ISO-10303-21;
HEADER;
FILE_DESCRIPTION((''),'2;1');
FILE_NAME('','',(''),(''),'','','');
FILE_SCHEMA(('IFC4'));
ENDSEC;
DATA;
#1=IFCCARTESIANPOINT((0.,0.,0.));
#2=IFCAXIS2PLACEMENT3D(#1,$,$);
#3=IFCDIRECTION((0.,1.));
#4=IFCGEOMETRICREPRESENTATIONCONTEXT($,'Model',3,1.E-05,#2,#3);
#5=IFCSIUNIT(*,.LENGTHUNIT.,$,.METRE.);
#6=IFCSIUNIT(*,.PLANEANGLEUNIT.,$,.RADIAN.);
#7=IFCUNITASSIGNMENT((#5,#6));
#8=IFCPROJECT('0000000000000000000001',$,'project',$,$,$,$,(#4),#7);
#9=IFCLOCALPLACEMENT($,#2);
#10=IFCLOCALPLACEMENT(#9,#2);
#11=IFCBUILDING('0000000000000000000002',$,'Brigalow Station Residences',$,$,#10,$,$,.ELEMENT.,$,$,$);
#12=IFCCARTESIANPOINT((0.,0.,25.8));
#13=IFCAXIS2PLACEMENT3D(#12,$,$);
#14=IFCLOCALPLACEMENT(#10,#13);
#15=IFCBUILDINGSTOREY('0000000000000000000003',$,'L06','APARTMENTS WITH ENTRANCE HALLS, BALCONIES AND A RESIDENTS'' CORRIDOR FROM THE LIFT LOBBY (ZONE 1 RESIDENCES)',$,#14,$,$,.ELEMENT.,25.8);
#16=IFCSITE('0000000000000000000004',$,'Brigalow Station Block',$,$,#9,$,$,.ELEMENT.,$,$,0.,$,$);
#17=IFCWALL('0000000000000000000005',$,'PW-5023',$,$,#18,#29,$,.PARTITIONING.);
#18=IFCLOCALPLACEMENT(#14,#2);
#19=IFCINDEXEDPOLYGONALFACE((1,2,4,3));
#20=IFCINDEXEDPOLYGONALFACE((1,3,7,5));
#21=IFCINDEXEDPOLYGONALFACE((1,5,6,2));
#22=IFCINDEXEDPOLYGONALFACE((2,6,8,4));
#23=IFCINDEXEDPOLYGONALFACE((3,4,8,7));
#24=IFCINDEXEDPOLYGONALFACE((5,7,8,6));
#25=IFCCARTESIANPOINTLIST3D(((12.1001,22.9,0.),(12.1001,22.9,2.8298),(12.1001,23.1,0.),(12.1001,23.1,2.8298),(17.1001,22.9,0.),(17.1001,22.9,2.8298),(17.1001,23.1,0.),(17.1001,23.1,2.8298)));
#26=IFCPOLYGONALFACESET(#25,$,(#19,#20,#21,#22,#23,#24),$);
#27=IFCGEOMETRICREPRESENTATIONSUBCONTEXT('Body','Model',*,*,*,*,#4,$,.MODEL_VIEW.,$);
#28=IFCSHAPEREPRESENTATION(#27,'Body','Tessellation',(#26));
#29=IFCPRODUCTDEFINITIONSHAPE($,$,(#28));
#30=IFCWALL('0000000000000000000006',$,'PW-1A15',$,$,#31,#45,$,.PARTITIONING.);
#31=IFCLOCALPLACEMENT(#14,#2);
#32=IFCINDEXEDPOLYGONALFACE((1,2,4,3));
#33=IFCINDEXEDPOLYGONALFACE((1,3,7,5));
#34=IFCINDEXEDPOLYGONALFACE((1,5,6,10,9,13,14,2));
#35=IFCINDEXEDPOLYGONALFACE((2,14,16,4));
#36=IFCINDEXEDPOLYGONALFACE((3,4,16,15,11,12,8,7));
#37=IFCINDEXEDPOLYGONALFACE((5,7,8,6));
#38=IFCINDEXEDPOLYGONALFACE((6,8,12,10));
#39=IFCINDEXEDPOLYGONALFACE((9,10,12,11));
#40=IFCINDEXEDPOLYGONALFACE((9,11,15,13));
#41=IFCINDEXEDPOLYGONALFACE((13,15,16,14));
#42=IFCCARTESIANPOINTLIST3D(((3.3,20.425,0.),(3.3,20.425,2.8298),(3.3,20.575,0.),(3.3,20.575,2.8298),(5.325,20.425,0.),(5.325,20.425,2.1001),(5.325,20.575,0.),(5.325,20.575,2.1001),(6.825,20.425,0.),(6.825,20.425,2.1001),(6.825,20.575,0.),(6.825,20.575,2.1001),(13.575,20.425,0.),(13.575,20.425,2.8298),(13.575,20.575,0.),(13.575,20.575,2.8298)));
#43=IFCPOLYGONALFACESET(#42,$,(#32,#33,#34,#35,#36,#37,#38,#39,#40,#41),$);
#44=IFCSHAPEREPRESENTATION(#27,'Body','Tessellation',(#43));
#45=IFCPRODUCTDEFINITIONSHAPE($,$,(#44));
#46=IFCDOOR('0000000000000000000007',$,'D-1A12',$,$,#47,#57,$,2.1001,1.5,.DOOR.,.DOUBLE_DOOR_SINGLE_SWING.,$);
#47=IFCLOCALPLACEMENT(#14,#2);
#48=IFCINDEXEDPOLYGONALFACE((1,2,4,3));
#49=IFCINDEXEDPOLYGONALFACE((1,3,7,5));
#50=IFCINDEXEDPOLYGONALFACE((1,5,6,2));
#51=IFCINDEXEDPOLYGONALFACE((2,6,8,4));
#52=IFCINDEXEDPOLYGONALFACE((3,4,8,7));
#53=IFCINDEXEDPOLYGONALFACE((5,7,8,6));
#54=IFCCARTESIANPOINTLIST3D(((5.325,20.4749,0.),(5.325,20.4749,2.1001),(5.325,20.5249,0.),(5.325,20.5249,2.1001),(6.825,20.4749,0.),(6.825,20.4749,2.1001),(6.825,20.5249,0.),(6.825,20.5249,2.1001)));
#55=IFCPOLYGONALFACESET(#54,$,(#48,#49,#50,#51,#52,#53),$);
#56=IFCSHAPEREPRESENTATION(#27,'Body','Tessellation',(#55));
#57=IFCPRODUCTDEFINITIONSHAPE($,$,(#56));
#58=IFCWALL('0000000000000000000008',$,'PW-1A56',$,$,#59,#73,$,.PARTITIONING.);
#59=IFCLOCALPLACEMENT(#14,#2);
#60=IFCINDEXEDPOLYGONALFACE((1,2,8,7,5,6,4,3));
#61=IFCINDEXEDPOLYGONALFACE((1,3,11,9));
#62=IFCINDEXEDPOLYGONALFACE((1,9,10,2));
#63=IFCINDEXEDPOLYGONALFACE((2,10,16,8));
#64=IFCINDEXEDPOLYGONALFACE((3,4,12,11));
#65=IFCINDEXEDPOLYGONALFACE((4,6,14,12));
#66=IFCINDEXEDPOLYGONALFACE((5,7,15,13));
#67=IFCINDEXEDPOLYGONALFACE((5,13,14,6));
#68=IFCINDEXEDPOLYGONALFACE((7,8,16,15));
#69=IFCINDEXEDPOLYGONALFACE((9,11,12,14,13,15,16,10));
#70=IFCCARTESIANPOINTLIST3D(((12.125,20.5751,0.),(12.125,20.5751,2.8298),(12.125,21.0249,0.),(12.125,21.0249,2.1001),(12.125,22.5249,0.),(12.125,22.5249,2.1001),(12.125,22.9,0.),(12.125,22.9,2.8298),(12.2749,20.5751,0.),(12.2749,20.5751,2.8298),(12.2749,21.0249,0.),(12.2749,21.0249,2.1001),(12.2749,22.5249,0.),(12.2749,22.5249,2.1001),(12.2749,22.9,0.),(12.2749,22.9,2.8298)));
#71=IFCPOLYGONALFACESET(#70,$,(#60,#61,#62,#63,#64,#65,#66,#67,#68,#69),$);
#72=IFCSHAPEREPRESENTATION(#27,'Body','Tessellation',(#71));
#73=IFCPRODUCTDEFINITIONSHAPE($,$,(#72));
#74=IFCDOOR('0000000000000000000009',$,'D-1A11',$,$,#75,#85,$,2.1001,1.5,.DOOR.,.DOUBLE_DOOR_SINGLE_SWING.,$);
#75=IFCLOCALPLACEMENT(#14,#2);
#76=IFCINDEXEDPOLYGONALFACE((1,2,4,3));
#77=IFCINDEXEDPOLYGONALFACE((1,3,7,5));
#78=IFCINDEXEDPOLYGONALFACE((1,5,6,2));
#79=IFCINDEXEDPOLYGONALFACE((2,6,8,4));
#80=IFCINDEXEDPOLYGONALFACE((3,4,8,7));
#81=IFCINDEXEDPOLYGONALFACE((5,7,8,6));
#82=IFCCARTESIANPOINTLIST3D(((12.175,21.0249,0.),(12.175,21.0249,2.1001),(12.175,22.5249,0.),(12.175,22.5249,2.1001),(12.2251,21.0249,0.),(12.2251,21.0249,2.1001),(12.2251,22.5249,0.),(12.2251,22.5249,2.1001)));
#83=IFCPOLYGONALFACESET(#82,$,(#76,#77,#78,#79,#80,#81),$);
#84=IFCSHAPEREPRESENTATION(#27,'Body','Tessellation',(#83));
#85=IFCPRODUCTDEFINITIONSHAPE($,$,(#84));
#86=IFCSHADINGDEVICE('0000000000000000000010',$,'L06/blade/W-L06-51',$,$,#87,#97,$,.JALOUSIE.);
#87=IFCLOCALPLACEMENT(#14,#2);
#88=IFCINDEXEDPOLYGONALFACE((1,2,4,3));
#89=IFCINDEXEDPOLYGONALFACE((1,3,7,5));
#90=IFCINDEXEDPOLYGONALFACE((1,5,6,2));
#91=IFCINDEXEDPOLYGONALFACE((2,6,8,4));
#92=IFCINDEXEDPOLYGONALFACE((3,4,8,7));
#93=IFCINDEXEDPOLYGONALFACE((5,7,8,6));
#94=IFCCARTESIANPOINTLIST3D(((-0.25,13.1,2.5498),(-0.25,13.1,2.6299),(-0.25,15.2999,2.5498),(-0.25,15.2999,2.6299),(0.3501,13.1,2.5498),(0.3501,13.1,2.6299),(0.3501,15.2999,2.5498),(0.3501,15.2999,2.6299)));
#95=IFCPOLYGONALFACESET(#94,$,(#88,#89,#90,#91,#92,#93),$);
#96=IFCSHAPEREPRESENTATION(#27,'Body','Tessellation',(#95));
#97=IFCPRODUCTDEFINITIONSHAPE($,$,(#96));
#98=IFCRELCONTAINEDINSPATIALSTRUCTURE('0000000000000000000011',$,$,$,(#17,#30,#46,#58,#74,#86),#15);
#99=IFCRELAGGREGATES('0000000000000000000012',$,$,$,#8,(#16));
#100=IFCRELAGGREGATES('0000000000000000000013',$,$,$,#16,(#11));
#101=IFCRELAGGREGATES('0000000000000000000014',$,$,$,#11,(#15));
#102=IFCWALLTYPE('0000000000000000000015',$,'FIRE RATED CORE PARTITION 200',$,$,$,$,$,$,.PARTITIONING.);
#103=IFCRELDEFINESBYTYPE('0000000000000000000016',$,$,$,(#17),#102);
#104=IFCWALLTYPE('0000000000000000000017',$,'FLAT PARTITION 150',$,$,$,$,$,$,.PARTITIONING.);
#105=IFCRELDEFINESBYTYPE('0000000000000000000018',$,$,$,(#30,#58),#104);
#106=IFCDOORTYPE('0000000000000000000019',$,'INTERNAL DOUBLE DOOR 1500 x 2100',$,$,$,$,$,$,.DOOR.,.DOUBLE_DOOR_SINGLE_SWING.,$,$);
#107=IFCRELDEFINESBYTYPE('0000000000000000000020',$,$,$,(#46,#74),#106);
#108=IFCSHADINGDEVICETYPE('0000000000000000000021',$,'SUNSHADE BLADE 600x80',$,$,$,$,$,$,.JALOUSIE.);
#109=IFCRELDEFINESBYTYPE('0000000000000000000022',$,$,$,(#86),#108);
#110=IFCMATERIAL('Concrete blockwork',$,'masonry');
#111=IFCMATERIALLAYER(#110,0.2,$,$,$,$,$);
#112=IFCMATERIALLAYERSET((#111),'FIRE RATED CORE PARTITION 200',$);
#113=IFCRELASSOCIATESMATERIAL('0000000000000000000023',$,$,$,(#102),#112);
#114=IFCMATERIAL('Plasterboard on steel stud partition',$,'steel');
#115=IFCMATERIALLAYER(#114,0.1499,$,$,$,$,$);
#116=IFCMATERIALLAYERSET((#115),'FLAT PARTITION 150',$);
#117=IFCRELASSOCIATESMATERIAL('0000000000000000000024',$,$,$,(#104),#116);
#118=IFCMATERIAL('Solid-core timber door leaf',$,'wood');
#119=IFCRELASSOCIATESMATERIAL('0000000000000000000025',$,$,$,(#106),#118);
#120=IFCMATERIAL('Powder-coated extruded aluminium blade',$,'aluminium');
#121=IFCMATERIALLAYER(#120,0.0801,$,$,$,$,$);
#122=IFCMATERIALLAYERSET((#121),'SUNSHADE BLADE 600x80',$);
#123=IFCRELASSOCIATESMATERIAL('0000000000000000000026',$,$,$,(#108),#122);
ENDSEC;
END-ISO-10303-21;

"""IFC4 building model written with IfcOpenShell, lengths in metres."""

from ifc_helpers import new_model, si_unit, direction, frame, frame_2d, origin, origin_2d, place, context, subcontext, project, spatial, rectangle, extrude, material, layer, layer_set, type_object, element, fill, save


model = new_model("IFC4")

# Units and contexts
model_context = context("Model", 3, precision=1e-05, world=origin(), true_north=direction((0.0, 1.0)))
body_context = subcontext(model_context, "Body", "Model", "MODEL_VIEW")
ifc_project = project(units=[si_unit("LENGTHUNIT", "METRE"), si_unit("PLANEANGLEUNIT", "RADIAN")], contexts=[model_context])

# Site, building, storey
site_placement = place(None, origin())
site = spatial("IfcSite", under=ifc_project, at=site_placement, Name="Brigalow Station Block", CompositionType="ELEMENT", RefElevation=0.0)
building_placement = place(site_placement, origin())
building = spatial("IfcBuilding", under=site, at=building_placement, Name="Brigalow Station Residences", CompositionType="ELEMENT")
storey_placement = place(building_placement, frame((0.0, 0.0, 25.8)))
storey = spatial("IfcBuildingStorey", under=building, at=storey_placement, Name="L06", Description="APARTMENTS WITH ENTRANCE HALLS, BALCONIES AND A RESIDENTS' CORRIDOR FROM THE LIFT LOBBY (ZONE 1 RESIDENCES)", CompositionType="ELEMENT", Elevation=25.8)

# Wall
ifc_material_1 = material(Name="Concrete blockwork", Category="masonry")
ifc_layer_1 = layer(ifc_material_1, 0.2)
ifc_layer_set_1 = layer_set([ifc_layer_1], Name="FIRE RATED CORE PARTITION 200")
wall_type_1 = type_object("IfcWallType", Name="FIRE RATED CORE PARTITION 200", PredefinedType="PARTITIONING", material=ifc_layer_set_1)
wall_1_placement = place(storey_placement, frame((12.1001, 23.0, 0.0), z_axis=(0.0, 0.0, 1.0), x_axis=(1.0, 0.0, 0.0)))
element("IfcWall", 1, at=wall_1_placement, inside=storey, type_object=wall_type_1, Name="PW-5023", PredefinedType="PARTITIONING", context=body_context, shape_type="SweptSolid", body=[
    extrude(rectangle(XDim=5.0, YDim=0.2, at=frame_2d((2.5, 0.0))), origin(), (0.0, 0.0, 1.0), 2.8298),
])

# Walls, openings, doors
ifc_material_2 = material(Name="Plasterboard on steel stud partition", Category="steel")
ifc_layer_2 = layer(ifc_material_2, 0.1499)
ifc_layer_set_2 = layer_set([ifc_layer_2], Name="FLAT PARTITION 150")
wall_type_2 = type_object("IfcWallType", Name="FLAT PARTITION 150", PredefinedType="PARTITIONING", material=ifc_layer_set_2)
wall_2_placement = place(storey_placement, frame((3.3, 20.5, 0.0), z_axis=(0.0, 0.0, 1.0), x_axis=(1.0, 0.0, 0.0)))
wall_2 = element("IfcWall", 2, at=wall_2_placement, inside=storey, type_object=wall_type_2, Name="PW-1A15", PredefinedType="PARTITIONING", context=body_context, shape_type="SweptSolid", body=[
    extrude(rectangle(XDim=10.2749, YDim=0.1499, at=frame_2d((5.1375, 0.0))), origin(), (0.0, 0.0, 1.0), 2.8298),
])
opening_1_placement = place(wall_2_placement, frame((2.0249, 0.0, 0.0)))
opening_1 = element("IfcOpeningElement", 3, at=opening_1_placement, cuts=wall_2, PredefinedType="OPENING", context=body_context, shape_type="SweptSolid", body=[
    extrude(rectangle(XDim=1.5, YDim=2.1001, at=frame_2d((0.75, 1.05))), frame((0.0, 0.085, 0.0), z_axis=(0.0, -1.0, 0.0), x_axis=(1.0, 0.0, 0.0)), (0.0, 0.0, 1.0), 0.1699),
])
ifc_material_3 = material(Name="Solid-core timber door leaf", Category="wood")
door_type_1 = type_object("IfcDoorType", Name="INTERNAL DOUBLE DOOR 1500 x 2100", OperationType="DOUBLE_DOOR_SINGLE_SWING", PredefinedType="DOOR", material=ifc_material_3)
door_1_placement = place(opening_1_placement, origin())
door_1 = element("IfcDoor", 4, at=door_1_placement, inside=storey, type_object=door_type_1, Name="D-1A12", OperationType="DOUBLE_DOOR_SINGLE_SWING", OverallHeight=2.1001, OverallWidth=1.5, PredefinedType="DOOR", context=body_context, shape_type="SweptSolid", body=[
    extrude(rectangle(XDim=1.5, YDim=2.1001, at=frame_2d((0.75, 1.05))), frame((0.0, 0.0249, 0.0), z_axis=(0.0, -1.0, 0.0), x_axis=(1.0, 0.0, 0.0)), (0.0, 0.0, 1.0), 0.05),
])
fill(opening_1, door_1)
wall_3_placement = place(storey_placement, frame((12.2, 20.575, 0.0), z_axis=(0.0, 0.0, 1.0), x_axis=(0.0, 1.0, 0.0)))
wall_3 = element("IfcWall", 5, at=wall_3_placement, inside=storey, type_object=wall_type_2, Name="PW-1A56", PredefinedType="PARTITIONING", context=body_context, shape_type="SweptSolid", body=[
    extrude(rectangle(XDim=2.325, YDim=0.1499, at=frame_2d((1.1626, 0.0))), origin(), (0.0, 0.0, 1.0), 2.8298),
])
opening_2_placement = place(wall_3_placement, frame((0.45, 0.0, 0.0)))
opening_2 = element("IfcOpeningElement", 6, at=opening_2_placement, cuts=wall_3, PredefinedType="OPENING", context=body_context, shape_type="SweptSolid", body=[
    extrude(rectangle(XDim=1.5, YDim=2.1001, at=frame_2d((0.75, 1.05))), frame((0.0, 0.085, 0.0), z_axis=(0.0, -1.0, 0.0), x_axis=(1.0, 0.0, 0.0)), (0.0, 0.0, 1.0), 0.1699),
])
door_2_placement = place(opening_2_placement, origin())
door_2 = element("IfcDoor", 7, at=door_2_placement, inside=storey, type_object=door_type_1, Name="D-1A11", OperationType="DOUBLE_DOOR_SINGLE_SWING", OverallHeight=2.1001, OverallWidth=1.5, PredefinedType="DOOR", context=body_context, shape_type="SweptSolid", body=[
    extrude(rectangle(XDim=1.5, YDim=2.1001, at=frame_2d((0.75, 1.05))), frame((0.0, 0.0249, 0.0), z_axis=(0.0, -1.0, 0.0), x_axis=(1.0, 0.0, 0.0)), (0.0, 0.0, 1.0), 0.05),
])
fill(opening_2, door_2)

# Shading device
ifc_material_4 = material(Name="Powder-coated extruded aluminium blade", Category="aluminium")
ifc_layer_3 = layer(ifc_material_4, 0.0801)
ifc_layer_set_3 = layer_set([ifc_layer_3], Name="SUNSHADE BLADE 600x80")
shading_device_type = type_object("IfcShadingDeviceType", Name="SUNSHADE BLADE 600x80", PredefinedType="JALOUSIE", material=ifc_layer_set_3)
shading_device_placement = place(storey_placement, frame((0.05, 14.2, 2.5498), z_axis=(0.0, 0.0, 1.0), x_axis=(0.0, -1.0, 0.0)))
element("IfcShadingDevice", 8, at=shading_device_placement, inside=storey, type_object=shading_device_type, Name="L06/blade/W-L06-51", PredefinedType="JALOUSIE", context=body_context, shape_type="SweptSolid", body=[
    extrude(rectangle(XDim=2.2, YDim=0.6001, at=origin_2d()), origin(), (0.0, 0.0, 1.0), 0.0801),
])

save(model, "model.ifc")
